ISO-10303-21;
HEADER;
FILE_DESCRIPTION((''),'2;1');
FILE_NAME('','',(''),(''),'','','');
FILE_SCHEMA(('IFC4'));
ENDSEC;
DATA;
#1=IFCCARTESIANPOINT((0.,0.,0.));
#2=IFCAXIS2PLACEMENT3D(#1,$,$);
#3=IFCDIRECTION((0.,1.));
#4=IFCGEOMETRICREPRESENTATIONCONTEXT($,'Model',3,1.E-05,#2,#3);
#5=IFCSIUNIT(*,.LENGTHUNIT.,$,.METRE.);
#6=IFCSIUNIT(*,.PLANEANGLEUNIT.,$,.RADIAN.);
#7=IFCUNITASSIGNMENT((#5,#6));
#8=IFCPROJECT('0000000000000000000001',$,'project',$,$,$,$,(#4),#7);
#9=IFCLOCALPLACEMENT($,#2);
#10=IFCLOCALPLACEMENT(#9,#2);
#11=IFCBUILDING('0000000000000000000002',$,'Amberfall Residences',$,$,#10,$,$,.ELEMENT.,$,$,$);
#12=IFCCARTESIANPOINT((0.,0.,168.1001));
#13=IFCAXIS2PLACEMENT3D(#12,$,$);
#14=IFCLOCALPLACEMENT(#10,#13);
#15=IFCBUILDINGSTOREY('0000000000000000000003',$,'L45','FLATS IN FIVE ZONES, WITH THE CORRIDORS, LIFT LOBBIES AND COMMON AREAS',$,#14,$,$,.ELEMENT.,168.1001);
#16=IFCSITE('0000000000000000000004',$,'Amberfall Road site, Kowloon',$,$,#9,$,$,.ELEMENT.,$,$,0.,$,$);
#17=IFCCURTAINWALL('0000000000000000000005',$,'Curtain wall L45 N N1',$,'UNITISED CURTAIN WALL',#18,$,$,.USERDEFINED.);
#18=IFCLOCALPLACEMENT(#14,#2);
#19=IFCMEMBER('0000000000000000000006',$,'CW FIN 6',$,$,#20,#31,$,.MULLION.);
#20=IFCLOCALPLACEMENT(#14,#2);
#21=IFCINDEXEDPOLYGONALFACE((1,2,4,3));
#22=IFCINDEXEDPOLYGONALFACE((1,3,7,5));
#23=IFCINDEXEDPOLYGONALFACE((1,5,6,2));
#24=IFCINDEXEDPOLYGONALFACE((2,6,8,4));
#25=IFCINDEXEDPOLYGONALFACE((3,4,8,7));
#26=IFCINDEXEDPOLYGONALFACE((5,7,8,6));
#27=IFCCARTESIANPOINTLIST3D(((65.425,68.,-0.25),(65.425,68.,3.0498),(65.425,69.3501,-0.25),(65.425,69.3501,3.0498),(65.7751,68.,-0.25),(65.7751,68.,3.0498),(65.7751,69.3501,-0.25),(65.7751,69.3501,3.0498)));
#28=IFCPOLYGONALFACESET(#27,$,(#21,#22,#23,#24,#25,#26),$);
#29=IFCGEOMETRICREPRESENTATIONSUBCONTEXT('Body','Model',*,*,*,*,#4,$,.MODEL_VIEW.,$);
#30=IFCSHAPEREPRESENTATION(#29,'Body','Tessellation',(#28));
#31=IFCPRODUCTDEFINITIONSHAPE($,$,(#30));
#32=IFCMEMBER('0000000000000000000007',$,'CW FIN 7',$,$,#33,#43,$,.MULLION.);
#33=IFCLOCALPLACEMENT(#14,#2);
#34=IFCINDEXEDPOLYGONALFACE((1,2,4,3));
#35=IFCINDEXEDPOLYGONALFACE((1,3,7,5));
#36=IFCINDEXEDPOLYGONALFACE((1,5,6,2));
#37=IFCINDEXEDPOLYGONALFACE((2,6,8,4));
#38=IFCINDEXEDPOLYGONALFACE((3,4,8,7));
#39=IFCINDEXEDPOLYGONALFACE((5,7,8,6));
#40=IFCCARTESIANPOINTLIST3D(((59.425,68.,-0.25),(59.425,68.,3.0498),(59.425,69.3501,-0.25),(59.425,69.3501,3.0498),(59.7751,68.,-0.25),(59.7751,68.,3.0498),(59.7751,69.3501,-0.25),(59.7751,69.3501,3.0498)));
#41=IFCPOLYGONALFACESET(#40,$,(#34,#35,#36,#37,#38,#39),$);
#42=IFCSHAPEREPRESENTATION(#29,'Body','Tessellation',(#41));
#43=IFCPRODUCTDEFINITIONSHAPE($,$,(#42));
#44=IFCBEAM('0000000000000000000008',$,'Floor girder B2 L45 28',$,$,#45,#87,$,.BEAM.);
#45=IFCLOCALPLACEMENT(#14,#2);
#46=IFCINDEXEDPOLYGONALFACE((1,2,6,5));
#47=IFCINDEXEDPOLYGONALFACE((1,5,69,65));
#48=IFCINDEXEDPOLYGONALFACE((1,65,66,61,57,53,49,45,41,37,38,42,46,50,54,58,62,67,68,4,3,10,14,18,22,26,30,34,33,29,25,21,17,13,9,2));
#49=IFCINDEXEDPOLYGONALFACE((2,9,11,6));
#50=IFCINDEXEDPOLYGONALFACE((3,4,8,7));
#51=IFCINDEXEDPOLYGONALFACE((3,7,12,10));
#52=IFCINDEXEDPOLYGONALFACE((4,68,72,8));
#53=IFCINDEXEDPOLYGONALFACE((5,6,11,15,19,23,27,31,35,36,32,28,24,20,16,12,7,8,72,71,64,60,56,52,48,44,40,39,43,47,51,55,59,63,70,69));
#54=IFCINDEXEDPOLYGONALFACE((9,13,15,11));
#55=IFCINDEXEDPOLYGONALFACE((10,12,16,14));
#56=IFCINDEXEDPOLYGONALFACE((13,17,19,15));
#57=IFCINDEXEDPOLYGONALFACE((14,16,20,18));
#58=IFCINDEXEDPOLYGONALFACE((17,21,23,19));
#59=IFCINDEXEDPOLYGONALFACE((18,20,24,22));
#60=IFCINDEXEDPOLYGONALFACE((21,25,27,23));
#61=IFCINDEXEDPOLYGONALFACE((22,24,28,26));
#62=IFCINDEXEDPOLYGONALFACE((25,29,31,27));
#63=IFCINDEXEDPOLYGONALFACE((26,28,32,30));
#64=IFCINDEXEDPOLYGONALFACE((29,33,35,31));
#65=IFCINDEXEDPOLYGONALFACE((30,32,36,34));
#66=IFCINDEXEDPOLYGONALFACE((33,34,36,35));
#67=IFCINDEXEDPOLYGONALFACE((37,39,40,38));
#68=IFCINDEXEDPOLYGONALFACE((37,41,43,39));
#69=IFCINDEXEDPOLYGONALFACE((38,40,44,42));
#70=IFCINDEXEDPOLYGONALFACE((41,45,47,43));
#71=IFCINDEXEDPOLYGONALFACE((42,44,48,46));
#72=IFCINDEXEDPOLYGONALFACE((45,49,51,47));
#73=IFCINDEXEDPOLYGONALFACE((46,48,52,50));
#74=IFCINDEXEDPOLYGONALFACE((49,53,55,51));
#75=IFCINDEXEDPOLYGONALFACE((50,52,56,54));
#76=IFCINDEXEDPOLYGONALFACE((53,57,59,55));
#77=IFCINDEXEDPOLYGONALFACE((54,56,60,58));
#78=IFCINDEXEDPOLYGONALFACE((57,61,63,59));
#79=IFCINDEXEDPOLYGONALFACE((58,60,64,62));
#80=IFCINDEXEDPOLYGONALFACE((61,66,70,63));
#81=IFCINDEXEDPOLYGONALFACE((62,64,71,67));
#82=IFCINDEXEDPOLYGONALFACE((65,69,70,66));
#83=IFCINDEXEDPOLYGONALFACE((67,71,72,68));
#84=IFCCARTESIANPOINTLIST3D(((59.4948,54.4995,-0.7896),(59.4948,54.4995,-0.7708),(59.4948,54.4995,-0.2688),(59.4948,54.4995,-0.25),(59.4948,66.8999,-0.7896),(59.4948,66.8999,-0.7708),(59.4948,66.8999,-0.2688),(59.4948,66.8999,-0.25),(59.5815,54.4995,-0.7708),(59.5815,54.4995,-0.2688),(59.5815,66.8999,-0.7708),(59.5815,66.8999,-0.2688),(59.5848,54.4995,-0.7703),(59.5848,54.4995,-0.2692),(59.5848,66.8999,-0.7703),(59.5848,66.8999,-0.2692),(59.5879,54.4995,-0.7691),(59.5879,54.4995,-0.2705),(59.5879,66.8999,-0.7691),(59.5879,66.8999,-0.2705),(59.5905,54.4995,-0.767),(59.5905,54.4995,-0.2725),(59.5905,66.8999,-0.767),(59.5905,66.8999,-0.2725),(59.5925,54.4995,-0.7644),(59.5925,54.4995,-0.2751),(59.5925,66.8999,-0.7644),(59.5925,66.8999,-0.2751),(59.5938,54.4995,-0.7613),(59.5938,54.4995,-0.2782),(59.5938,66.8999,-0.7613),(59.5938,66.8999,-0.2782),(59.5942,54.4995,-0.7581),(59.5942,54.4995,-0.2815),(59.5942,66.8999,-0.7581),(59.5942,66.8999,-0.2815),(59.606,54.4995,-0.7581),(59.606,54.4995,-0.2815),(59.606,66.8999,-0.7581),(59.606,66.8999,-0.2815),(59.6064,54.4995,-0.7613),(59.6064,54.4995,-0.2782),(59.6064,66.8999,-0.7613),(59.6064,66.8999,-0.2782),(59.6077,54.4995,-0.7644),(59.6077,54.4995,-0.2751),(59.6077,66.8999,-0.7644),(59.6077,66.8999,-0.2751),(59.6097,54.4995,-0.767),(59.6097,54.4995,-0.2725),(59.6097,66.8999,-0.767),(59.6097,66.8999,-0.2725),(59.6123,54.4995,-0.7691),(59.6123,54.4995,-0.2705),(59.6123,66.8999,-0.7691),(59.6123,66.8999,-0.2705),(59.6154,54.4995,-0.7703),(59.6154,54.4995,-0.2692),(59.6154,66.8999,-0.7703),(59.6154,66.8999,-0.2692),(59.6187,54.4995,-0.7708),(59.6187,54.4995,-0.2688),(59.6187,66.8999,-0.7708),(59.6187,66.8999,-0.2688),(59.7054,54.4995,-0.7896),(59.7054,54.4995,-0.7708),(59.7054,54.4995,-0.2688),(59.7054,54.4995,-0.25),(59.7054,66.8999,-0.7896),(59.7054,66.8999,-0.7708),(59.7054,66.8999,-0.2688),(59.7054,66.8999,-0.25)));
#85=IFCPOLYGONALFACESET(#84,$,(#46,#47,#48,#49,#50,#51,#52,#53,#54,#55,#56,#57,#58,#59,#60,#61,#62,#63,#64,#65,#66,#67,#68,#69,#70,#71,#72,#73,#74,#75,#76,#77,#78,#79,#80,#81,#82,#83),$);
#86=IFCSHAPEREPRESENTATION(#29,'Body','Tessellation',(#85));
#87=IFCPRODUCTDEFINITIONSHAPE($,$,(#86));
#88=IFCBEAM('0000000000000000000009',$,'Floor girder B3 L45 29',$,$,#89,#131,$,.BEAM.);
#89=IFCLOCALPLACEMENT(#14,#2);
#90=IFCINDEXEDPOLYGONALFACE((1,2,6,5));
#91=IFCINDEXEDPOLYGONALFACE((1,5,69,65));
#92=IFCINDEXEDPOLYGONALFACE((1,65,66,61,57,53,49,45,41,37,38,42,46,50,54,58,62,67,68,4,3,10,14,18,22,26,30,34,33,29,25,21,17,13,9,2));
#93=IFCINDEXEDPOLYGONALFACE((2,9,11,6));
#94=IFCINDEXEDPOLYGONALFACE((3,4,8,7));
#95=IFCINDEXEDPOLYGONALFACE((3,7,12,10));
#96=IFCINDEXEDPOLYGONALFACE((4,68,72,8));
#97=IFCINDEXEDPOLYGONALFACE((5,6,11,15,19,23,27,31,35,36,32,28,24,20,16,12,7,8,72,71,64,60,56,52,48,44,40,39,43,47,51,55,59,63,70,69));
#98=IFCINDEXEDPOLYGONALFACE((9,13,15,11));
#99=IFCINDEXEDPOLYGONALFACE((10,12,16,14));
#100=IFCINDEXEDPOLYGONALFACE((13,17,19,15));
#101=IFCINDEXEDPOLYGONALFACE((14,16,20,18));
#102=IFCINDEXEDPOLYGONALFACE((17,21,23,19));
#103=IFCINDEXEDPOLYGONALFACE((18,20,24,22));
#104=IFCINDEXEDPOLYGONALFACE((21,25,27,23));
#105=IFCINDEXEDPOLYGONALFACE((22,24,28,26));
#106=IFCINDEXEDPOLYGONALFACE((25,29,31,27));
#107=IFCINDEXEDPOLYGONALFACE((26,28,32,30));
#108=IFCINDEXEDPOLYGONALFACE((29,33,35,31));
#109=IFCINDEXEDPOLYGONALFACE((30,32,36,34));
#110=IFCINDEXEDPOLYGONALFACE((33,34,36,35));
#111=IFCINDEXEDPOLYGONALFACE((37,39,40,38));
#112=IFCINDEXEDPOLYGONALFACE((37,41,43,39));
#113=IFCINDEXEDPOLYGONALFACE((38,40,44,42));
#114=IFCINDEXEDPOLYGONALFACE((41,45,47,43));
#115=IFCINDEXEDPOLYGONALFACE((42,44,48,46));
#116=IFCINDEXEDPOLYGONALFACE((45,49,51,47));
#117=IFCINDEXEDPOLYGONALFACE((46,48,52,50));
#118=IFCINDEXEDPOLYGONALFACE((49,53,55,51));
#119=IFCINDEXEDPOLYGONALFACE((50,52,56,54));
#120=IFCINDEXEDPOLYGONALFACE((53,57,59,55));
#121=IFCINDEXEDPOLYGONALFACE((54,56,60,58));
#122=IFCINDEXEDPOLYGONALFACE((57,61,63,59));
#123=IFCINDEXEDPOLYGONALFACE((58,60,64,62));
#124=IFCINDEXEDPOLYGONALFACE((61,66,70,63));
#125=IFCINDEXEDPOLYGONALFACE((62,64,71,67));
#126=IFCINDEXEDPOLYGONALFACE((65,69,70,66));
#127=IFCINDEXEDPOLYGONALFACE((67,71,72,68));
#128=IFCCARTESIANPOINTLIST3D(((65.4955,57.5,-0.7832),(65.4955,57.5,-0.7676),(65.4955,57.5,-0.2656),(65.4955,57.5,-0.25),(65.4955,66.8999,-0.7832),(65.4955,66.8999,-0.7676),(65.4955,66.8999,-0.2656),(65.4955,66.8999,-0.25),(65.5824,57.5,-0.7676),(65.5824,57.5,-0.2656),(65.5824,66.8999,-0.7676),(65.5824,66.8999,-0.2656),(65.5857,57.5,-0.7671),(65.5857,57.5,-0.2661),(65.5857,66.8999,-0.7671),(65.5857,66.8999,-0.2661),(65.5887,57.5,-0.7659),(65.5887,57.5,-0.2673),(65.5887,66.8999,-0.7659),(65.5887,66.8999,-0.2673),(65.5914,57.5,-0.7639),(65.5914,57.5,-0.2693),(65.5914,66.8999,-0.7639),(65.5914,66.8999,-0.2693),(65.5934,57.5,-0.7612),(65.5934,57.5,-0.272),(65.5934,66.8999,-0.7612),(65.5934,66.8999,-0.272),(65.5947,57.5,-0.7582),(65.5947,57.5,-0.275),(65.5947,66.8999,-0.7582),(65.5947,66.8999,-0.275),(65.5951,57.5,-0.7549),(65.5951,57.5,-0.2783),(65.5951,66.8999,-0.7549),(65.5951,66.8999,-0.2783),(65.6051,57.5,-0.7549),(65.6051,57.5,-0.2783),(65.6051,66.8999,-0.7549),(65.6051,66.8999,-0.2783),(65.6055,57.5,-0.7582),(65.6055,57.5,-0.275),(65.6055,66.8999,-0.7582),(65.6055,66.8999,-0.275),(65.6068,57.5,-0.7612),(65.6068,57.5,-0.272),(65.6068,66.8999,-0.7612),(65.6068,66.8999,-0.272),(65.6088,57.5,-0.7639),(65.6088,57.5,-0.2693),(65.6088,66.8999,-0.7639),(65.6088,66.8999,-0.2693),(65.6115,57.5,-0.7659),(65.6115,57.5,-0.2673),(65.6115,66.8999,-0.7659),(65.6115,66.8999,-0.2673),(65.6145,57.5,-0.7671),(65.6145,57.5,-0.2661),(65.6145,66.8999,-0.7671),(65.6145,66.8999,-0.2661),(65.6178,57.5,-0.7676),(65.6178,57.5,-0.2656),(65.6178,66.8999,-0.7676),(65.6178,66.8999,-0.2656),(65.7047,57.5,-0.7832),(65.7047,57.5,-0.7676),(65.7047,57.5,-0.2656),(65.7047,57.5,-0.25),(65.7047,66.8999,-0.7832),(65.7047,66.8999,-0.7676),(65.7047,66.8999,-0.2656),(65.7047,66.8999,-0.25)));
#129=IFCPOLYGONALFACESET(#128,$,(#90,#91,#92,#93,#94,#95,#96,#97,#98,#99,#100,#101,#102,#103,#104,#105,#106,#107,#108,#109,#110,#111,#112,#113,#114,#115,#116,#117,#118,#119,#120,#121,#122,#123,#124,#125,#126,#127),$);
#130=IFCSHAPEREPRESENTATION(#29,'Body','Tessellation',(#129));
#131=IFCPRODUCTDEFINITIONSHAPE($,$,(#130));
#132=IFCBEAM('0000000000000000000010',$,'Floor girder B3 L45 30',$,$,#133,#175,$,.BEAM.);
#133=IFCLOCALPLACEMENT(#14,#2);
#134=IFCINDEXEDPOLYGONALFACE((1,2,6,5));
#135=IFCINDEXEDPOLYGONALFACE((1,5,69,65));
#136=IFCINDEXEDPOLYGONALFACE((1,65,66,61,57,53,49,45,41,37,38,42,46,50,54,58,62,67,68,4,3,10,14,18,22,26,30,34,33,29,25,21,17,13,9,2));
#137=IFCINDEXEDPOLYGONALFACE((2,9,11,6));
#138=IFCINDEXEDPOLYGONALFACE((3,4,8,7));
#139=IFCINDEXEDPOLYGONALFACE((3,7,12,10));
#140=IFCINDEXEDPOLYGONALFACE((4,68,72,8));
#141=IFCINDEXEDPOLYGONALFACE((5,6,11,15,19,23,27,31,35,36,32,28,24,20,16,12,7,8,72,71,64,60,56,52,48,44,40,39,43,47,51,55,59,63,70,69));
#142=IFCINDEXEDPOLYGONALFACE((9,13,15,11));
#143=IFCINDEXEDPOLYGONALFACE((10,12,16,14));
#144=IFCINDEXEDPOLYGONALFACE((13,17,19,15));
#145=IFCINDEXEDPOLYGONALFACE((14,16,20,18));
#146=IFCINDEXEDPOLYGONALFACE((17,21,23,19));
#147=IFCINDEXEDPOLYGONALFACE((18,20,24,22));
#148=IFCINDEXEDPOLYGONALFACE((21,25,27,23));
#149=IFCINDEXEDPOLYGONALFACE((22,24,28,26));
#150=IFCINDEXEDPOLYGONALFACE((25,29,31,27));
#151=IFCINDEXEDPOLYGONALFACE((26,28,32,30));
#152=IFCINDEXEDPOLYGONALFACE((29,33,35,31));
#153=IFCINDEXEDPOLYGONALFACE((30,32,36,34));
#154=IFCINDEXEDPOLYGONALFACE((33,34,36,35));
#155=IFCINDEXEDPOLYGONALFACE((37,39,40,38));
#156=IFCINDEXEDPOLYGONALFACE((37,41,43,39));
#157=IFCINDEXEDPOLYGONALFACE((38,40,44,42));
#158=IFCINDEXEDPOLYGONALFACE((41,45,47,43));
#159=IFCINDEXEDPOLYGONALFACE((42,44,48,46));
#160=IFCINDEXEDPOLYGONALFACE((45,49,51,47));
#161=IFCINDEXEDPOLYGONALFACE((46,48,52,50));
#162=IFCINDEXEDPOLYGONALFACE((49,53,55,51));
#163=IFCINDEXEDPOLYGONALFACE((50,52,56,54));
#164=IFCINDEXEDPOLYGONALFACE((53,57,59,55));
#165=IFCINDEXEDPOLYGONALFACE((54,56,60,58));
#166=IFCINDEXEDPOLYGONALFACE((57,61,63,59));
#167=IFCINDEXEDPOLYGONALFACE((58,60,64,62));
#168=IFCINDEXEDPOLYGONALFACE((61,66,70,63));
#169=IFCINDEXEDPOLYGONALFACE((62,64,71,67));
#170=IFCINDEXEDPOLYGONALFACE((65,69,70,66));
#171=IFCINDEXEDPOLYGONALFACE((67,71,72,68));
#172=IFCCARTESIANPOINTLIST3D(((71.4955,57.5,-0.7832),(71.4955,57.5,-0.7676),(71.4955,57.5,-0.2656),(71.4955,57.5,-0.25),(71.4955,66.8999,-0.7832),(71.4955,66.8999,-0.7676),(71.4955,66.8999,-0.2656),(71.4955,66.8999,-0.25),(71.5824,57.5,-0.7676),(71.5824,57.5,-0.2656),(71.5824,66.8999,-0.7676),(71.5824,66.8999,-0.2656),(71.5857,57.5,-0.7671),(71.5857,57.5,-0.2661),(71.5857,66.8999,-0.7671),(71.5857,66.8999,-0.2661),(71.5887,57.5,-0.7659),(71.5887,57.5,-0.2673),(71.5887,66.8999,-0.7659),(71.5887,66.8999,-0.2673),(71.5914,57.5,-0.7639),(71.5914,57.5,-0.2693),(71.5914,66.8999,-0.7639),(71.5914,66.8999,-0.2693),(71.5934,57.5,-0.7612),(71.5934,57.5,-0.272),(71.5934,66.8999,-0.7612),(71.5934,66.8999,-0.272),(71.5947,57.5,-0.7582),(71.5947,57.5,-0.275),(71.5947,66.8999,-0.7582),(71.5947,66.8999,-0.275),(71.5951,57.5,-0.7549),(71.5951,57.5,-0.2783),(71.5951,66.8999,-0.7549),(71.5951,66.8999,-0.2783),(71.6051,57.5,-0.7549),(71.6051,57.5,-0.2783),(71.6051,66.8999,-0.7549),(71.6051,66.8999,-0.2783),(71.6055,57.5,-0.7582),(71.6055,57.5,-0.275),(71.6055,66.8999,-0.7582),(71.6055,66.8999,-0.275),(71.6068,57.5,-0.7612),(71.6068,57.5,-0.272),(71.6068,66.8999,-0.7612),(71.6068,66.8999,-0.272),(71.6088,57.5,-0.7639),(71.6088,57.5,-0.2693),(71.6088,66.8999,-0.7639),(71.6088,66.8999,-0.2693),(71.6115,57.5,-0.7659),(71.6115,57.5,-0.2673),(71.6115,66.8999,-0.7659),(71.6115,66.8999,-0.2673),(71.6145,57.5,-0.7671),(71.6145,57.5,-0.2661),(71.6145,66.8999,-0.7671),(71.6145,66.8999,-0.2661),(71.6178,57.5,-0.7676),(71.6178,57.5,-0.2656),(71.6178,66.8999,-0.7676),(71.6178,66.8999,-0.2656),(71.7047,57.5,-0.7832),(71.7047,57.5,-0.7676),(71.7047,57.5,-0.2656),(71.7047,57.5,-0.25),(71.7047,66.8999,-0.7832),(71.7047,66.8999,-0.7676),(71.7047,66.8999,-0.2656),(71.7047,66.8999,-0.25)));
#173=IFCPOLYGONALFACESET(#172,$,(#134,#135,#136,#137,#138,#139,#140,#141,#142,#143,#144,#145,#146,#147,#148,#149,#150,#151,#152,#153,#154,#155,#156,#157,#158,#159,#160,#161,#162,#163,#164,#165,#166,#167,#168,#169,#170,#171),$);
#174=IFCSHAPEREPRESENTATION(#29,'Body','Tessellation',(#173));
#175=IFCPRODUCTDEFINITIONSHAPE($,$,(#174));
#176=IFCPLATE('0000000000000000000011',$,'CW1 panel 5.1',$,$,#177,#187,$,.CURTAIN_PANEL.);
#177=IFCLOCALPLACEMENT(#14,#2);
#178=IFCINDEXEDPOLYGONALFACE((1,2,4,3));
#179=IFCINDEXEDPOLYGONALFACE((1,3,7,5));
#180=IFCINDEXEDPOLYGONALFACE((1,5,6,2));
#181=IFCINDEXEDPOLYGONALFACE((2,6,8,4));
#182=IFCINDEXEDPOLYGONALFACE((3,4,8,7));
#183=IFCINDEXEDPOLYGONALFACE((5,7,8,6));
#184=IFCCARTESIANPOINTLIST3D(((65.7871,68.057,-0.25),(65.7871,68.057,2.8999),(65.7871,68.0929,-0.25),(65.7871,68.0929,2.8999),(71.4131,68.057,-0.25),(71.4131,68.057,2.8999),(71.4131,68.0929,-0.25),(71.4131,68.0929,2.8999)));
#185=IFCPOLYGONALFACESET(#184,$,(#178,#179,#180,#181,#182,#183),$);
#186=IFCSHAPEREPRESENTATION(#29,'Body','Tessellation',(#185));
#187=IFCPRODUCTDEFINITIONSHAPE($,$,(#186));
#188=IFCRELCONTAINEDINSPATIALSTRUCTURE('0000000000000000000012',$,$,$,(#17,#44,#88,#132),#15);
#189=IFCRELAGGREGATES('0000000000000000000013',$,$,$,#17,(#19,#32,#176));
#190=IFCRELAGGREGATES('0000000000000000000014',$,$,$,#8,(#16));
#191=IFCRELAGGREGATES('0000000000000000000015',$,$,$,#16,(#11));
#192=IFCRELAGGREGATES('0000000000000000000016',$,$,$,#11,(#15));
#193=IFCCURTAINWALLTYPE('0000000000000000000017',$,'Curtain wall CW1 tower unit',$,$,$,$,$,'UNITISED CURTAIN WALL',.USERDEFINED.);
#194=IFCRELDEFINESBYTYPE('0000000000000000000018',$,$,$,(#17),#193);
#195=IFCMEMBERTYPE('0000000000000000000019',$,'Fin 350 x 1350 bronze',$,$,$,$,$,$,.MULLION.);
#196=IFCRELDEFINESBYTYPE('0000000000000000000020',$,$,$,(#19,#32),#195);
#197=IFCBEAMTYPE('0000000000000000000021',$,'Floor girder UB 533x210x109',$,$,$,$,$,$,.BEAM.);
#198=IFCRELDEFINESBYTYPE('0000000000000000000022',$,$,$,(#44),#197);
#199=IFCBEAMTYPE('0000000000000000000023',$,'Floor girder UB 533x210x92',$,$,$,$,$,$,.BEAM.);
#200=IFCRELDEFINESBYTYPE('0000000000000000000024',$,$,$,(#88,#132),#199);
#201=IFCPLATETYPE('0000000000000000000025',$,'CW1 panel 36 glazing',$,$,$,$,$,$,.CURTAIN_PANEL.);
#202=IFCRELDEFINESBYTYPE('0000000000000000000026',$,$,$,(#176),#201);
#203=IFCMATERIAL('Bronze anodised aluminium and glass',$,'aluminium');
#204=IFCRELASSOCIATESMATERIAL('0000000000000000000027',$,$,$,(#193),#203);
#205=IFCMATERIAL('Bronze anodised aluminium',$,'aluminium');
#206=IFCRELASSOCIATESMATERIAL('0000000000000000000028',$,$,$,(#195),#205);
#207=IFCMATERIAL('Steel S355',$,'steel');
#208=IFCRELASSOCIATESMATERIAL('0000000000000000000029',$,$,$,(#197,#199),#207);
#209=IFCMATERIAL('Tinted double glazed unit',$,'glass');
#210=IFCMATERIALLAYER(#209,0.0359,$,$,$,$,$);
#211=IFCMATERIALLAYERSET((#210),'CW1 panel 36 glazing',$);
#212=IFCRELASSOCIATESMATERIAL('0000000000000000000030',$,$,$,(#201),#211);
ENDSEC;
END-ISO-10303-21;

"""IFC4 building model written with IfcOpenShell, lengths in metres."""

from ifc_helpers import new_model, si_unit, direction, frame, origin, origin_2d, place, context, subcontext, project, spatial, rectangle, i_section, extrude, material, layer, layer_set, material_profile, profile_set, type_object, element, aggregate, save


model = new_model("IFC4")

# Units and contexts
model_context = context("Model", 3, precision=1e-05, world=origin(), true_north=direction((0.0, 1.0)))
body_context = subcontext(model_context, "Body", "Model", "MODEL_VIEW")
ifc_project = project(units=[si_unit("LENGTHUNIT", "METRE"), si_unit("PLANEANGLEUNIT", "RADIAN")], contexts=[model_context])

# Site, building, storey
site_placement = place(None, origin())
site = spatial("IfcSite", under=ifc_project, at=site_placement, Name="Amberfall Road site, Kowloon", CompositionType="ELEMENT", RefElevation=0.0)
building_placement = place(site_placement, origin())
building = spatial("IfcBuilding", under=site, at=building_placement, Name="Amberfall Residences", CompositionType="ELEMENT")
storey_placement = place(building_placement, frame((0.0, 0.0, 168.1001)))
storey = spatial("IfcBuildingStorey", under=building, at=storey_placement, Name="L45", Description="FLATS IN FIVE ZONES, WITH THE CORRIDORS, LIFT LOBBIES AND COMMON AREAS", CompositionType="ELEMENT", Elevation=168.1001)

# Curtain wall
ifc_material_1 = material(Name="Bronze anodised aluminium and glass", Category="aluminium")
curtain_wall_type = type_object("IfcCurtainWallType", Name="Curtain wall CW1 tower unit", ElementType="UNITISED CURTAIN WALL", PredefinedType="USERDEFINED", material=ifc_material_1)
curtain_wall_placement = place(storey_placement, origin())
curtain_wall = element("IfcCurtainWall", 1, at=curtain_wall_placement, inside=storey, type_object=curtain_wall_type, Name="Curtain wall L45 N N1", ObjectType="UNITISED CURTAIN WALL", PredefinedType="USERDEFINED")
ifc_material_2 = material(Name="Bronze anodised aluminium", Category="aluminium")

# Shared definitions
ifc_material_3 = material(Name="Steel S355", Category="steel")

# Members
ifc_material_profile_1 = material_profile(ifc_material_2, rectangle(XDim=1.3501, YDim=0.3501, at=origin_2d()), Name="Fin 350 x 1350 bronze")
ifc_profile_set_1 = profile_set([ifc_material_profile_1], Name="Bronze anodised aluminium")
member_type_1 = type_object("IfcMemberType", Name="Fin 350 x 1350 bronze", PredefinedType="MULLION", material=ifc_profile_set_1)
member_1_placement = place(storey_placement, frame((65.6001, 68.675, -0.25), z_axis=(0.0, 0.0, 1.0), x_axis=(0.0, -1.0, 0.0)))
member_1 = element("IfcMember", 2, at=member_1_placement, type_object=member_type_1, Name="CW FIN 6", PredefinedType="MULLION", context=body_context, shape_type="SweptSolid", body=[
    extrude(rectangle(XDim=1.3501, YDim=0.3501, at=origin_2d()), origin(), (0.0, 0.0, 1.0), 3.2998),
])
member_2_placement = place(storey_placement, frame((59.6001, 68.675, -0.25), z_axis=(0.0, 0.0, 1.0), x_axis=(0.0, -1.0, 0.0)))
member_2 = element("IfcMember", 3, at=member_2_placement, type_object=member_type_1, Name="CW FIN 7", PredefinedType="MULLION", context=body_context, shape_type="SweptSolid", body=[
    extrude(rectangle(XDim=1.3501, YDim=0.3501, at=origin_2d()), origin(), (0.0, 0.0, 1.0), 3.2998),
])

# Beams
ifc_material_profile_2 = material_profile(ifc_material_3, i_section(OverallWidth=0.2107, OverallDepth=0.5396, WebThickness=0.0117, FlangeThickness=0.0188, FilletRadius=0.0127, at=origin_2d()), Name="UB 533x210x109")
ifc_profile_set_2 = profile_set([ifc_material_profile_2], Name="Steel S355")
beam_type_1 = type_object("IfcBeamType", Name="Floor girder UB 533x210x109", PredefinedType="BEAM", material=ifc_profile_set_2)
beam_placement = place(storey_placement, frame((59.6001, 66.8999, -0.5198), z_axis=(0.0, -1.0, 0.0), x_axis=(1.0, 0.0, 0.0)))
element("IfcBeam", 4, at=beam_placement, inside=storey, type_object=beam_type_1, Name="Floor girder B2 L45 28", PredefinedType="BEAM", context=body_context, shape_type="SweptSolid", body=[
    extrude(i_section(OverallWidth=0.2107, OverallDepth=0.5396, WebThickness=0.0117, FlangeThickness=0.0188, FilletRadius=0.0127, at=origin_2d()), origin(), (0.0, 0.0, 1.0), 12.4004),
])
ifc_material_profile_3 = material_profile(ifc_material_3, i_section(OverallWidth=0.2092, OverallDepth=0.5332, WebThickness=0.01, FlangeThickness=0.0156, FilletRadius=0.0127, at=origin_2d()), Name="UB 533x210x92")
ifc_profile_set_3 = profile_set([ifc_material_profile_3], Name="Steel S355")
beam_type_2 = type_object("IfcBeamType", Name="Floor girder UB 533x210x92", PredefinedType="BEAM", material=ifc_profile_set_3)
for number, where, z_axis, x_axis, name in (
    (5, (65.6001, 66.8999, -0.5166), (0.0, -1.0, 0.0), (1.0, 0.0, 0.0), "Floor girder B3 L45 29"),
    (6, (71.6001, 66.8999, -0.5166), (0.0, -1.0, 0.0), (1.0, 0.0, 0.0), "Floor girder B3 L45 30"),
):
    element("IfcBeam", number, at=place(storey_placement, frame(where, z_axis=z_axis, x_axis=x_axis)), inside=storey, type_object=beam_type_2, Name=name, PredefinedType="BEAM", context=body_context, shape_type="SweptSolid", body=[
        extrude(i_section(OverallWidth=0.2092, OverallDepth=0.5332, WebThickness=0.01, FlangeThickness=0.0156, FilletRadius=0.0127, at=origin_2d()), origin(), (0.0, 0.0, 1.0), 9.3999),
    ])

# Plate
ifc_material_4 = material(Name="Tinted double glazed unit", Category="glass")
ifc_layer_1 = layer(ifc_material_4, 0.0359)
ifc_layer_set_1 = layer_set([ifc_layer_1], Name="CW1 panel 36 glazing")
plate_type = type_object("IfcPlateType", Name="CW1 panel 36 glazing", PredefinedType="CURTAIN_PANEL", material=ifc_layer_set_1)
plate_1_placement = place(storey_placement, frame((68.6001, 68.075, -0.25), z_axis=(0.0, 0.0, 1.0), x_axis=(-1.0, 0.0, 0.0)))
plate_1 = element("IfcPlate", 7, at=plate_1_placement, type_object=plate_type, Name="CW1 panel 5.1", PredefinedType="CURTAIN_PANEL", context=body_context, shape_type="SweptSolid", body=[
    extrude(rectangle(XDim=5.626, YDim=0.0359, at=origin_2d()), origin(), (0.0, 0.0, 1.0), 3.1499),
])
aggregate(curtain_wall, [member_1, member_2, plate_1])

save(model, "model.ifc")
